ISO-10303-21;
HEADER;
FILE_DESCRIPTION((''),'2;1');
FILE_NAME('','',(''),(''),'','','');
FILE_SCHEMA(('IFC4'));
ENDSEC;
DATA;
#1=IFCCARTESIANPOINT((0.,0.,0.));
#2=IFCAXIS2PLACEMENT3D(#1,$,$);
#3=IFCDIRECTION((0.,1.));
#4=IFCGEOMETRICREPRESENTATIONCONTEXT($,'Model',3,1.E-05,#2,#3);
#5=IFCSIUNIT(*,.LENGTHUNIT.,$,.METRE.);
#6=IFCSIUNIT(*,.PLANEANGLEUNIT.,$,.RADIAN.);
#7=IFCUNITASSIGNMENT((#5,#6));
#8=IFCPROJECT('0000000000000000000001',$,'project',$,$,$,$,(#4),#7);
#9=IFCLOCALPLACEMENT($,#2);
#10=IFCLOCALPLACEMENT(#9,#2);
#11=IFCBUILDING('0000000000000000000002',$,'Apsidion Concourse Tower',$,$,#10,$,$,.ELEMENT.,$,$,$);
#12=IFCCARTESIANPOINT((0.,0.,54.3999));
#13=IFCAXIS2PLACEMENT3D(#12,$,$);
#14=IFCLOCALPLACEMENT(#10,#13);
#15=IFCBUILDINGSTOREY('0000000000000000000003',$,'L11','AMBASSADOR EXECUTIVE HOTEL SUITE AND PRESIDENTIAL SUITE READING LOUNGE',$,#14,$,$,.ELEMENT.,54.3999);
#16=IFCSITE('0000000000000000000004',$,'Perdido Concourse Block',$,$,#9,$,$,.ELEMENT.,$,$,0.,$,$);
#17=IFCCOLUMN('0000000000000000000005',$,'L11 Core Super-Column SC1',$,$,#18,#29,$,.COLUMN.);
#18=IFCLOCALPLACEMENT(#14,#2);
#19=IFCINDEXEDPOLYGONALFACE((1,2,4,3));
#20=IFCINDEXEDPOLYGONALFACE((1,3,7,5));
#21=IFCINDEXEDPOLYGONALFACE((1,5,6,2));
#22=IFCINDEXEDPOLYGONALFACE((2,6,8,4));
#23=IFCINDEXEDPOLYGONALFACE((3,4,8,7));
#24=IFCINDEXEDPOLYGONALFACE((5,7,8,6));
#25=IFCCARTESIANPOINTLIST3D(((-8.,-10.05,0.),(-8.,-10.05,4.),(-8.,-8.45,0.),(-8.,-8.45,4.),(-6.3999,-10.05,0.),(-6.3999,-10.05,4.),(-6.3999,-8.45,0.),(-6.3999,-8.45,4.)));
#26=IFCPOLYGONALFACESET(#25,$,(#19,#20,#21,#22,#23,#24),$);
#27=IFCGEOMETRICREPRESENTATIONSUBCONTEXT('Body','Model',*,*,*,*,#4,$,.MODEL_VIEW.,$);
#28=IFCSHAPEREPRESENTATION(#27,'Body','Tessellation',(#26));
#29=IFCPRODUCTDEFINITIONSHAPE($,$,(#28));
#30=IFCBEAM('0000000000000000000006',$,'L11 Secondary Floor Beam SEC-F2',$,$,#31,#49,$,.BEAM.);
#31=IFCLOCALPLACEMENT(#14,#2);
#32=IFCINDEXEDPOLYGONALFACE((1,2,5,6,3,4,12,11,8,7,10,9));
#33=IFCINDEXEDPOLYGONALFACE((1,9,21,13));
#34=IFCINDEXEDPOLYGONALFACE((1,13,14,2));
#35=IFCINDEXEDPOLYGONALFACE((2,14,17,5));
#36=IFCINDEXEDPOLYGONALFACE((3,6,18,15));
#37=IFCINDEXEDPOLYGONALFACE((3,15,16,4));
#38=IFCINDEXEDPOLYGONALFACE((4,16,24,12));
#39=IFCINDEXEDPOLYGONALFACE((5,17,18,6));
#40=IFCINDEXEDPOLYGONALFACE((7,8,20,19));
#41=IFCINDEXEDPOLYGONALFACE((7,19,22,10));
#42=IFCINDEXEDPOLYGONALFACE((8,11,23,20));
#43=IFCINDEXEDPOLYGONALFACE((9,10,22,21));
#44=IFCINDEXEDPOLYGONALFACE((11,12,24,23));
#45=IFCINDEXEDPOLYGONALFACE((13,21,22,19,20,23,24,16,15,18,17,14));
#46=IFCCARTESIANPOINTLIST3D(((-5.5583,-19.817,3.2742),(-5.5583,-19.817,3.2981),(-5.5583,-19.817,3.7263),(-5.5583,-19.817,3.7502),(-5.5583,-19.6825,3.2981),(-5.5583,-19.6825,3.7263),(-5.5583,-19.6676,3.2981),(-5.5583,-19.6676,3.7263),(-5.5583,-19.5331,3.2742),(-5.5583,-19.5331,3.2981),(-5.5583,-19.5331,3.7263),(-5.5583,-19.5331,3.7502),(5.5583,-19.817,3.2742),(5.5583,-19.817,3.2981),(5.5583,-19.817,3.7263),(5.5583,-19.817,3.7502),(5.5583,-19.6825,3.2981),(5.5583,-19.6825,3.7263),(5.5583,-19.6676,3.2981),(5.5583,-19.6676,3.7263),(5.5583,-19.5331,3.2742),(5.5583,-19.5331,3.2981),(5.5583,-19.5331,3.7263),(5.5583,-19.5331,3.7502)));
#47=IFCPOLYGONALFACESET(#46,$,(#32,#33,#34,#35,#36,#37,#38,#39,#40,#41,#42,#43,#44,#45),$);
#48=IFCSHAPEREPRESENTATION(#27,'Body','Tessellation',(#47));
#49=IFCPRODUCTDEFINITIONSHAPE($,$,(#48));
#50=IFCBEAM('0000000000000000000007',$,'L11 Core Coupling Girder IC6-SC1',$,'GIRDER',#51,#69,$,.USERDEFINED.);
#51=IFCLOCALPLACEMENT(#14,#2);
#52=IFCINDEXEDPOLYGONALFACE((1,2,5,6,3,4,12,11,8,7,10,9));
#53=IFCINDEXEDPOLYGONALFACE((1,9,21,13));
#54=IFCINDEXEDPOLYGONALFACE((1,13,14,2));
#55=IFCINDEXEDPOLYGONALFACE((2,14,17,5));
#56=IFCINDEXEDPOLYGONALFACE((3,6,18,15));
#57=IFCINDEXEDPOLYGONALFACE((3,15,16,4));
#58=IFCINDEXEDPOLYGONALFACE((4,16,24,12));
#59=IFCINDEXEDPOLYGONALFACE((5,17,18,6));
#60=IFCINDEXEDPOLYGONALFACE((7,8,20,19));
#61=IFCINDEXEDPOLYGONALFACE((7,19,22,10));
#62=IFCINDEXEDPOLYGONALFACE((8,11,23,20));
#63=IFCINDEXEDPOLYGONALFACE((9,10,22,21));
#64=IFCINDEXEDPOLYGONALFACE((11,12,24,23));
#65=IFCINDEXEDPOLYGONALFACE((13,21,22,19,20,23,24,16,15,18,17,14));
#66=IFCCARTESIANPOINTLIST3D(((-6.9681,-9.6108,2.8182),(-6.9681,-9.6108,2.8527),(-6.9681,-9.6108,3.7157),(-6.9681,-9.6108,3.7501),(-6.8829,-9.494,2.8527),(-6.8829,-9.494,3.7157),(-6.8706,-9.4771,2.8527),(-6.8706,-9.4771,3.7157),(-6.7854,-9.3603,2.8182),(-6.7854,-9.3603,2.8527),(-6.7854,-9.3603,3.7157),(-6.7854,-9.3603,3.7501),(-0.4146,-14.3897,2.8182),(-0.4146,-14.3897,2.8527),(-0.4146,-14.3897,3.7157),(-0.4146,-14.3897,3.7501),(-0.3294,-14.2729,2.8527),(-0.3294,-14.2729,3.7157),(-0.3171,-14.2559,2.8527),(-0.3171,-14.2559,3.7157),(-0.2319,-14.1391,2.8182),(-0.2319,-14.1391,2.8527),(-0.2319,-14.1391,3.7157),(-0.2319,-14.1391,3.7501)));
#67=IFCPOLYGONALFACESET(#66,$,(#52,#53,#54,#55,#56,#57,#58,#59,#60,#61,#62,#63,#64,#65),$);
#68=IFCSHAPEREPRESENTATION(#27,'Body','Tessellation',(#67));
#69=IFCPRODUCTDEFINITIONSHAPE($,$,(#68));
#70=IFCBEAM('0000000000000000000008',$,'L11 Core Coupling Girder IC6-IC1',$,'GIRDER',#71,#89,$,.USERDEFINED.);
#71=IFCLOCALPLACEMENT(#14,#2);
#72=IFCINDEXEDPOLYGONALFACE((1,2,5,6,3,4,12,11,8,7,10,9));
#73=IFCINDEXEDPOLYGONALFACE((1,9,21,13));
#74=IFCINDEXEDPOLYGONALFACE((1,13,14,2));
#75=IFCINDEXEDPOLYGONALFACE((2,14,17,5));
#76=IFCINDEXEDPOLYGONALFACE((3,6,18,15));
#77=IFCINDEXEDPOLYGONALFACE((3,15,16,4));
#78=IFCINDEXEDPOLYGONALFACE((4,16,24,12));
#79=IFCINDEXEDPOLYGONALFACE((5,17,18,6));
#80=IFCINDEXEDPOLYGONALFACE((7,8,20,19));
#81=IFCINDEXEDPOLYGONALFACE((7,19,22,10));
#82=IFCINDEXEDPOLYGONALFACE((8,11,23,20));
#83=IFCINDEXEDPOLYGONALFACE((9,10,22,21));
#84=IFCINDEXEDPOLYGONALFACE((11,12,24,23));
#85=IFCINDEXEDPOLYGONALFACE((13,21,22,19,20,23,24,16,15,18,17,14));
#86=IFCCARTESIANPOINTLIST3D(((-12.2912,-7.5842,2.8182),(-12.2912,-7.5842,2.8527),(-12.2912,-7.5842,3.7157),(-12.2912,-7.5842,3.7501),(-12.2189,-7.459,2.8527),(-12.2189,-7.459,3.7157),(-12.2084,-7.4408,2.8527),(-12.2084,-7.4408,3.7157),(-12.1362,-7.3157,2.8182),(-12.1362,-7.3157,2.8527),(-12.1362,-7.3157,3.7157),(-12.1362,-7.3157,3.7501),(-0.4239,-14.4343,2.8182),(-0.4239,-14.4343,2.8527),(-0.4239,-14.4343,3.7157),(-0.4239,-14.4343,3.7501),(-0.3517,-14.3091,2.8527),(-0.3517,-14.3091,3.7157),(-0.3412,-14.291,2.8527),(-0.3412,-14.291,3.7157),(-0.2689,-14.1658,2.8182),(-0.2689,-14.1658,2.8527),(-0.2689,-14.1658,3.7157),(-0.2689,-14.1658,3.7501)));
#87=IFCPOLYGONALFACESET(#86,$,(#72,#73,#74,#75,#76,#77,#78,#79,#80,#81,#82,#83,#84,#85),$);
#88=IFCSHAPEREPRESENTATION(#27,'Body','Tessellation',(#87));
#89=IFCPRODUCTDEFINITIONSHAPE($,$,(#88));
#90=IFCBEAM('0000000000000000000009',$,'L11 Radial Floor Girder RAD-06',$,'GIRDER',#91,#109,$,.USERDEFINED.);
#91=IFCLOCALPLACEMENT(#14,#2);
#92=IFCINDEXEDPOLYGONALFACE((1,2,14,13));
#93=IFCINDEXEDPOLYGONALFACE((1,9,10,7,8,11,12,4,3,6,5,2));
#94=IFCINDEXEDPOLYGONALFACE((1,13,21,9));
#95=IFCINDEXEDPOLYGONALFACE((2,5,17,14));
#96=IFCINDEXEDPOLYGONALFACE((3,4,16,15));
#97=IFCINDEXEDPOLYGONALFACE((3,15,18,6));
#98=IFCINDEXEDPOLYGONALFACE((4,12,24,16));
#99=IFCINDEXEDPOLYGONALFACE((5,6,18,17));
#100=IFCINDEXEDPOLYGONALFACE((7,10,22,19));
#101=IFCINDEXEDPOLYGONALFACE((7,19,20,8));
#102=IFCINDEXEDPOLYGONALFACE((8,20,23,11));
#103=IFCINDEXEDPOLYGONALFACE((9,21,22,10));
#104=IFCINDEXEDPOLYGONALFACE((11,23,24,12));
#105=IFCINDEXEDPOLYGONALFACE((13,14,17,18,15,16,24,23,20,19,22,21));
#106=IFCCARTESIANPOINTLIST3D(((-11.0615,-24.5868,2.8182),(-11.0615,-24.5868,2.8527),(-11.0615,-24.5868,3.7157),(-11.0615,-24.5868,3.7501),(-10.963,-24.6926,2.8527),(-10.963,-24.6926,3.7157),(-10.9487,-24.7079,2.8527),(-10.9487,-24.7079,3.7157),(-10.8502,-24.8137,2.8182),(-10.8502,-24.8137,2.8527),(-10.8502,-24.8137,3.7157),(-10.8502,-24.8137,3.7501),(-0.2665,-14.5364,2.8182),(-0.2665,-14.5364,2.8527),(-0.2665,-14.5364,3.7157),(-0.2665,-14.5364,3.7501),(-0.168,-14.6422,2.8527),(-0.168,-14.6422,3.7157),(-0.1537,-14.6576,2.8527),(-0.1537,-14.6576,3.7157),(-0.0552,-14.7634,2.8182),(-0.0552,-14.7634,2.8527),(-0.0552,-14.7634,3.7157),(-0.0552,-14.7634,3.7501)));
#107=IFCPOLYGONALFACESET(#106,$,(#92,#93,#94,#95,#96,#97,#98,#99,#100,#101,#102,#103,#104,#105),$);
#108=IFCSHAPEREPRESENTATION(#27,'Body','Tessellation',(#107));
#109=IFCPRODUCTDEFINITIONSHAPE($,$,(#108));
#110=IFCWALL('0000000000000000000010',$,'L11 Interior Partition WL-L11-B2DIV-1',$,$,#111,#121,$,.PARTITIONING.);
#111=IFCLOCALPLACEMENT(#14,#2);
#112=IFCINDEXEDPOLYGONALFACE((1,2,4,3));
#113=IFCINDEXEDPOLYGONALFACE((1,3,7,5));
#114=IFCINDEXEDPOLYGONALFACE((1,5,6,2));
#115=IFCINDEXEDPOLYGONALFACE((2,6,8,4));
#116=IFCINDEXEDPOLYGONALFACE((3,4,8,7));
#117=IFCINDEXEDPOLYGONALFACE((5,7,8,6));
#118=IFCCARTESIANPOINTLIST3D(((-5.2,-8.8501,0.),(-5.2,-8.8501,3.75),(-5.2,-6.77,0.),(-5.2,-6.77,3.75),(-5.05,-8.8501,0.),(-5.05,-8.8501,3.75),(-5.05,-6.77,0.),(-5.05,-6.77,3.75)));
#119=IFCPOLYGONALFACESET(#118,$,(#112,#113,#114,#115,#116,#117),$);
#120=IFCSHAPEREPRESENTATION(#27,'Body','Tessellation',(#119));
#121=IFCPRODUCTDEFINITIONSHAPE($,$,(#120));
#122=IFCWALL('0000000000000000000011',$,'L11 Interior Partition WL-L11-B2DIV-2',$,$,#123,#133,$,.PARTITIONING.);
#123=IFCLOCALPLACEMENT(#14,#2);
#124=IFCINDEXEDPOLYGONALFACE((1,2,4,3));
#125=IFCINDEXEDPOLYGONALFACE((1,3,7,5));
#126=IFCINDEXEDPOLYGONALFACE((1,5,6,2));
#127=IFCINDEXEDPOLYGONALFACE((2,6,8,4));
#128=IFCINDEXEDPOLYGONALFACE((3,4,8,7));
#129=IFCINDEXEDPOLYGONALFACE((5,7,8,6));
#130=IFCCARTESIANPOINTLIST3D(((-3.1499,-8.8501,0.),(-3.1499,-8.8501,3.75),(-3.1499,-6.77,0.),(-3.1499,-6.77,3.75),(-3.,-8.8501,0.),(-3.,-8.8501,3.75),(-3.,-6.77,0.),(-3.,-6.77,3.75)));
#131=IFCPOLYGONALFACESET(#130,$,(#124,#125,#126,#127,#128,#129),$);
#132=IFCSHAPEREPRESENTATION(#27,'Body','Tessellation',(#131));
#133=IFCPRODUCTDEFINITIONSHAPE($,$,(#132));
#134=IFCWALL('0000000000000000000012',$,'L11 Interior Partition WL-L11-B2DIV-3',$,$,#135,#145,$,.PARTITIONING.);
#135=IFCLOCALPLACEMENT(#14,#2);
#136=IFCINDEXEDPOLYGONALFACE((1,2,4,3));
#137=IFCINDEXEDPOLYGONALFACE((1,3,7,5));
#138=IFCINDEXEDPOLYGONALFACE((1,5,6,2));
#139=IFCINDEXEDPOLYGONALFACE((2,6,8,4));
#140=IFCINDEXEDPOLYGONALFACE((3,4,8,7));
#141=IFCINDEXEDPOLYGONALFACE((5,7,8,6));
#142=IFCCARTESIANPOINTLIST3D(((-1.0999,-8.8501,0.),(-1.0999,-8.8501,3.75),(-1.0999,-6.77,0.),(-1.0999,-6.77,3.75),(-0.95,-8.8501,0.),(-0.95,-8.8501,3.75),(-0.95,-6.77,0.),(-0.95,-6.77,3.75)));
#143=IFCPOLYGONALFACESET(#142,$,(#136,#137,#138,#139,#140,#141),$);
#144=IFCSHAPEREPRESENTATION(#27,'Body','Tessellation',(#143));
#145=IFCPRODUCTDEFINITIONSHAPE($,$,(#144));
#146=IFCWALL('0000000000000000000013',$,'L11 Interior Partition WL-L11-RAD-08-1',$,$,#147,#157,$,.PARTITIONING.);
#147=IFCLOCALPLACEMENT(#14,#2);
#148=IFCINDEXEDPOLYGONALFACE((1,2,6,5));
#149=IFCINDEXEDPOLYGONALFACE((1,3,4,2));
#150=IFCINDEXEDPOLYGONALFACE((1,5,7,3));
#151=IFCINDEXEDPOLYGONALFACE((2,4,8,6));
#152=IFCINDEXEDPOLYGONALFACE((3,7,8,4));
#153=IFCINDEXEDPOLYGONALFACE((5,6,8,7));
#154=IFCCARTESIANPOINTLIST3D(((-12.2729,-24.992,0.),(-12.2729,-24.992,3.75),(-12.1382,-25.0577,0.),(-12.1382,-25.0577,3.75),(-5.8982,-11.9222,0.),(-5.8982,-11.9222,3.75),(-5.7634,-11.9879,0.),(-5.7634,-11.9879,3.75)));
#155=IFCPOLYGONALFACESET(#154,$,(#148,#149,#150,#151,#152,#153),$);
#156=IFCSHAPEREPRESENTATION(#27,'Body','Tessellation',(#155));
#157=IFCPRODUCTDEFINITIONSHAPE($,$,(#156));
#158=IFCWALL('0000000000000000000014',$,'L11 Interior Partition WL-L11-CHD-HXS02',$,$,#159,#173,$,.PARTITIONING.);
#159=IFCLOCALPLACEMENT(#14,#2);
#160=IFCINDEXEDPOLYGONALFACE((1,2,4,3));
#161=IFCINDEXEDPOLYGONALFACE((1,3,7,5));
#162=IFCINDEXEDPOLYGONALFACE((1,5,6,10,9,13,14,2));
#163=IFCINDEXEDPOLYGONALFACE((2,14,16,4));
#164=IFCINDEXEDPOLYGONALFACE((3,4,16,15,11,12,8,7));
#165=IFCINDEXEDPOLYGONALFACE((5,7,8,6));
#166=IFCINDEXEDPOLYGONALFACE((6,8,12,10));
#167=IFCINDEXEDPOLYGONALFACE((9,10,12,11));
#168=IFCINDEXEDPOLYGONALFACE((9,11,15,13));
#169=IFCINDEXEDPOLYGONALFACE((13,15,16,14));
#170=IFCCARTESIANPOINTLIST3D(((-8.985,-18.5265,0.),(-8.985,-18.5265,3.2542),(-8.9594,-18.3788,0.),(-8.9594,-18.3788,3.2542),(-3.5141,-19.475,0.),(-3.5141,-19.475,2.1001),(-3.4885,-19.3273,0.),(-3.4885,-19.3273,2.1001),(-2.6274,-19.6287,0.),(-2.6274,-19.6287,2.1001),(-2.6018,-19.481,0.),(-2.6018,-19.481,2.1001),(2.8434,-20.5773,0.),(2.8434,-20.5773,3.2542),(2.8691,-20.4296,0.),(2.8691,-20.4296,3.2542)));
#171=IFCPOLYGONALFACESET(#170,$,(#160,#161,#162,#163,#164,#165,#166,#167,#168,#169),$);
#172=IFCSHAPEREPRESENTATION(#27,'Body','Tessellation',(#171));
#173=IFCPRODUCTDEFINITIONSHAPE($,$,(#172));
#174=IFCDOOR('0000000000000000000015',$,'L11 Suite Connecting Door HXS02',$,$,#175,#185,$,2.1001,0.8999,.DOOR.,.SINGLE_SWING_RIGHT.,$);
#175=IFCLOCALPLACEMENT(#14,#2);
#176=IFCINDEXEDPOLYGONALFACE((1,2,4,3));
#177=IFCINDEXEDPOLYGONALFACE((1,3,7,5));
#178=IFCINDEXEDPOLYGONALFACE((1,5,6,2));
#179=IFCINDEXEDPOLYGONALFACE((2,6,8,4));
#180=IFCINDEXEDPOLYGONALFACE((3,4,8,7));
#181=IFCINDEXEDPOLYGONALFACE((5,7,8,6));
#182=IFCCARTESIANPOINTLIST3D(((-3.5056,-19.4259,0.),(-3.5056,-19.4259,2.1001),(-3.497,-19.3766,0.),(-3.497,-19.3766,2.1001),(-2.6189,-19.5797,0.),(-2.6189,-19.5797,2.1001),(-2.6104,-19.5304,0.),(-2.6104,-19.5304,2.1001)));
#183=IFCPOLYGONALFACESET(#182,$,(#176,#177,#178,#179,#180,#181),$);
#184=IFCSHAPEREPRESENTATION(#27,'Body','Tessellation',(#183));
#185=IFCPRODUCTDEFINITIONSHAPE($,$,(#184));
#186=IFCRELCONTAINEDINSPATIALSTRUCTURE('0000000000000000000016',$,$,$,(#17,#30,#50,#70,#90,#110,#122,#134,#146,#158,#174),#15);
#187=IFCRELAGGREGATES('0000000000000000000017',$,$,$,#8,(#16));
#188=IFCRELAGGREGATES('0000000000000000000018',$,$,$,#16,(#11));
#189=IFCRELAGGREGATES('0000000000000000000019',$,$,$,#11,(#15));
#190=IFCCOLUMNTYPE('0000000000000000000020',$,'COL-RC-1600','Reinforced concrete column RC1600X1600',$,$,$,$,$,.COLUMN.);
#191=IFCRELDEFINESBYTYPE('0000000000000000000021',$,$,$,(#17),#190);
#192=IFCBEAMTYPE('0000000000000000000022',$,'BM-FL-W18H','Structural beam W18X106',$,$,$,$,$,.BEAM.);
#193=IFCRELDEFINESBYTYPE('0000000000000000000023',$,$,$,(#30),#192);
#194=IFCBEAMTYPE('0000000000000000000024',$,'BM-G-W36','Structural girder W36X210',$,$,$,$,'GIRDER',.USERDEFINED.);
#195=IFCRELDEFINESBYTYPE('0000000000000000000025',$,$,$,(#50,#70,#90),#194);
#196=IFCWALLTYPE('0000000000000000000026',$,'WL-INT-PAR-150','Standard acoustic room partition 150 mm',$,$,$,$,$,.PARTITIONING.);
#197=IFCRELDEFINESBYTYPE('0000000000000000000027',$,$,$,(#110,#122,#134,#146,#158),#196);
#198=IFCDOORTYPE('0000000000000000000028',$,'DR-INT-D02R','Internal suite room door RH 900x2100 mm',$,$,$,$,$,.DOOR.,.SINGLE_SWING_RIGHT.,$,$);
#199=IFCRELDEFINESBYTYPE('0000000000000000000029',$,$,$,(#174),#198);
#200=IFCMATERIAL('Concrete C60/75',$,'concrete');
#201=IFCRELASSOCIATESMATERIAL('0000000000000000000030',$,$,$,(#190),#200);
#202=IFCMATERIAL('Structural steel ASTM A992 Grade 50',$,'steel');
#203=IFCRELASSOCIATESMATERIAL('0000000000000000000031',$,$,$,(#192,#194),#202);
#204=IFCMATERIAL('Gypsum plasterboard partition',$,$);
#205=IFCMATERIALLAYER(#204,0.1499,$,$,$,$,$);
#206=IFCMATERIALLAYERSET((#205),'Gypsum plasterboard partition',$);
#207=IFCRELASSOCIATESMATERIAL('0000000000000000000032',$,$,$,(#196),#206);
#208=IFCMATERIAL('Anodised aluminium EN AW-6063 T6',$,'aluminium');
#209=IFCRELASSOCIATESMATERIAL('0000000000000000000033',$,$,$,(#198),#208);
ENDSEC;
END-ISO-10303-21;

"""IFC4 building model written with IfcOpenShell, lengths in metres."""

from ifc_helpers import new_model, si_unit, direction, frame, frame_2d, origin, origin_2d, place, context, subcontext, project, spatial, rectangle, i_section, extrude, material, layer, layer_set, material_profile, profile_set, type_object, element, fill, save


model = new_model("IFC4")

# Units and contexts
model_context = context("Model", 3, precision=1e-05, world=origin(), true_north=direction((0.0, 1.0)))
body_context = subcontext(model_context, "Body", "Model", "MODEL_VIEW")
ifc_project = project(units=[si_unit("LENGTHUNIT", "METRE"), si_unit("PLANEANGLEUNIT", "RADIAN")], contexts=[model_context])

# Site, building, storey
site_placement = place(None, origin())
site = spatial("IfcSite", under=ifc_project, at=site_placement, Name="Perdido Concourse Block", CompositionType="ELEMENT", RefElevation=0.0)
building_placement = place(site_placement, origin())
building = spatial("IfcBuilding", under=site, at=building_placement, Name="Apsidion Concourse Tower", CompositionType="ELEMENT")
storey_placement = place(building_placement, frame((0.0, 0.0, 54.3999)))
storey = spatial("IfcBuildingStorey", under=building, at=storey_placement, Name="L11", Description="AMBASSADOR EXECUTIVE HOTEL SUITE AND PRESIDENTIAL SUITE READING LOUNGE", CompositionType="ELEMENT", Elevation=54.3999)

# Column
ifc_material_1 = material(Name="Concrete C60/75", Category="concrete")
ifc_material_profile_1 = material_profile(ifc_material_1, rectangle(XDim=1.6001, YDim=1.6001, at=origin_2d()), Name="RC 1600x1600")
ifc_profile_set_1 = profile_set([ifc_material_profile_1], Name="Concrete C60/75")
column_type = type_object("IfcColumnType", Name="COL-RC-1600", Description="Reinforced concrete column RC1600X1600", PredefinedType="COLUMN", material=ifc_profile_set_1)
column_placement = place(storey_placement, frame((-7.2, -9.25, 0.0), z_axis=(0.0, 0.0, 1.0), x_axis=(1.0, 0.0, 0.0)))
element("IfcColumn", 1, at=column_placement, inside=storey, type_object=column_type, Name="L11 Core Super-Column SC1", PredefinedType="COLUMN", context=body_context, shape_type="SweptSolid", body=[
    extrude(rectangle(XDim=1.6001, YDim=1.6001, at=origin_2d()), origin(), (0.0, 0.0, 1.0), 4.0),
])

# Beams
ifc_material_2 = material(Name="Structural steel ASTM A992 Grade 50", Category="steel")
ifc_material_profile_2 = material_profile(ifc_material_2, i_section(OverallWidth=0.2839, OverallDepth=0.4761, WebThickness=0.0149, FlangeThickness=0.0239, at=origin_2d()), Name="W18X106")
ifc_profile_set_2 = profile_set([ifc_material_profile_2], Name="Structural steel ASTM A992 Grade 50")
beam_type_1 = type_object("IfcBeamType", Name="BM-FL-W18H", Description="Structural beam W18X106", PredefinedType="BEAM", material=ifc_profile_set_2)
beam_1_placement = place(storey_placement, frame((-5.5583, -19.675, 3.5122), z_axis=(1.0, 0.0, 0.0), x_axis=(0.0, 1.0, 0.0)))
element("IfcBeam", 2, at=beam_1_placement, inside=storey, type_object=beam_type_1, Name="L11 Secondary Floor Beam SEC-F2", PredefinedType="BEAM", context=body_context, shape_type="SweptSolid", body=[
    extrude(i_section(OverallWidth=0.2839, OverallDepth=0.4761, WebThickness=0.0149, FlangeThickness=0.0239, at=origin_2d()), origin(), (0.0, 0.0, 1.0), 11.1167),
])
ifc_material_profile_3 = material_profile(ifc_material_2, i_section(OverallWidth=0.3101, OverallDepth=0.9319, WebThickness=0.021, FlangeThickness=0.0344, at=origin_2d()), Name="W36X210")
ifc_profile_set_3 = profile_set([ifc_material_profile_3], Name="Structural steel ASTM A992 Grade 50")
beam_type_2 = type_object("IfcBeamType", Name="BM-G-W36", Description="Structural girder W36X210", ElementType="GIRDER", PredefinedType="USERDEFINED", material=ifc_profile_set_3)
beam_2_placement = place(storey_placement, frame((-0.3232, -14.2644, 3.2842), z_axis=(-0.807993, 0.589191, 0.0), x_axis=(-0.589191, -0.807993, 0.0)))
element("IfcBeam", 3, at=beam_2_placement, inside=storey, type_object=beam_type_2, Name="L11 Core Coupling Girder IC6-SC1", ObjectType="GIRDER", PredefinedType="USERDEFINED", context=body_context, shape_type="SweptSolid", body=[
    extrude(i_section(OverallWidth=0.3101, OverallDepth=0.9319, WebThickness=0.021, FlangeThickness=0.0344, at=origin_2d()), origin(), (0.0, 0.0, 1.0), 8.1108),
])
beam_3_placement = place(storey_placement, frame((-0.3464, -14.3, 3.2842), z_axis=(-0.86607, 0.499922, 0.0), x_axis=(-0.499922, -0.86607, 0.0)))
element("IfcBeam", 4, at=beam_3_placement, inside=storey, type_object=beam_type_2, Name="L11 Core Coupling Girder IC6-IC1", ObjectType="GIRDER", PredefinedType="USERDEFINED", context=body_context, shape_type="SweptSolid", body=[
    extrude(i_section(OverallWidth=0.3101, OverallDepth=0.9319, WebThickness=0.021, FlangeThickness=0.0344, at=origin_2d()), origin(), (0.0, 0.0, 1.0), 13.7024),
])
beam_4_placement = place(storey_placement, frame((-0.1609, -14.6499, 3.2842), z_axis=(-0.731899, -0.681413, 0.0), x_axis=(0.681413, -0.731899, 0.0)))
element("IfcBeam", 5, at=beam_4_placement, inside=storey, type_object=beam_type_2, Name="L11 Radial Floor Girder RAD-06", ObjectType="GIRDER", PredefinedType="USERDEFINED", context=body_context, shape_type="SweptSolid", body=[
    extrude(i_section(OverallWidth=0.3101, OverallDepth=0.9319, WebThickness=0.021, FlangeThickness=0.0344, at=origin_2d()), origin(), (0.0, 0.0, 1.0), 14.7493),
])

# Walls
ifc_material_3 = material(Name="Gypsum plasterboard partition")
ifc_layer_1 = layer(ifc_material_3, 0.1499)
ifc_layer_set_1 = layer_set([ifc_layer_1], Name="Gypsum plasterboard partition")
wall_type_1 = type_object("IfcWallType", Name="WL-INT-PAR-150", Description="Standard acoustic room partition 150 mm", PredefinedType="PARTITIONING", material=ifc_layer_set_1)
for number, where, z_axis, x_axis, name in (
    (6, (-5.125, -8.8501, 0.0), (0.0, 0.0, 1.0), (0.0, 1.0, 0.0), "L11 Interior Partition WL-L11-B2DIV-1"),
    (7, (-3.075, -8.8501, 0.0), (0.0, 0.0, 1.0), (0.0, 1.0, 0.0), "L11 Interior Partition WL-L11-B2DIV-2"),
    (8, (-1.0249, -8.8501, 0.0), (0.0, 0.0, 1.0), (0.0, 1.0, 0.0), "L11 Interior Partition WL-L11-B2DIV-3"),
):
    element("IfcWall", number, at=place(storey_placement, frame(where, z_axis=z_axis, x_axis=x_axis)), inside=storey, type_object=wall_type_1, Name=name, PredefinedType="PARTITIONING", context=body_context, shape_type="SweptSolid", body=[
        extrude(rectangle(XDim=2.0801, YDim=0.1499, at=frame_2d((1.04, 0.0))), origin(), (0.0, 0.0, 1.0), 3.75),
    ])
wall_1_placement = place(storey_placement, frame((-5.8308, -11.9551, 0.0), z_axis=(0.0, 0.0, 1.0), x_axis=(-0.438381, -0.898789, 0.0)))
element("IfcWall", 9, at=wall_1_placement, inside=storey, type_object=wall_type_1, Name="L11 Interior Partition WL-L11-RAD-08-1", PredefinedType="PARTITIONING", context=body_context, shape_type="SweptSolid", body=[
    extrude(rectangle(XDim=14.5415, YDim=0.1499, at=frame_2d((7.2708, 0.0))), origin(), (0.0, 0.0, 1.0), 3.75),
])

# Wall, opening, door
wall_2_placement = place(storey_placement, frame((-8.9722, -18.4526, 0.0), z_axis=(0.0, 0.0, 1.0), x_axis=(0.985301, -0.17083, 0.0)))
wall_2 = element("IfcWall", 10, at=wall_2_placement, inside=storey, type_object=wall_type_1, Name="L11 Interior Partition WL-L11-CHD-HXS02", PredefinedType="PARTITIONING", context=body_context, shape_type="SweptSolid", body=[
    extrude(rectangle(XDim=12.0049, YDim=0.1499, at=frame_2d((6.0024, 0.0))), origin(), (0.0, 0.0, 1.0), 3.2542),
])
opening_1_placement = place(wall_2_placement, frame((5.5525, 0.0, 0.0)))
opening_1 = element("IfcOpeningElement", 11, at=opening_1_placement, cuts=wall_2, PredefinedType="OPENING", context=body_context, shape_type="SweptSolid", body=[
    extrude(rectangle(XDim=0.8999, YDim=2.1001, at=frame_2d((0.45, 1.05))), frame((0.0, 0.085, 0.0), z_axis=(0.0, -1.0, 0.0), x_axis=(1.0, 0.0, 0.0)), (0.0, 0.0, 1.0), 0.1699),
])
ifc_material_4 = material(Name="Anodised aluminium EN AW-6063 T6", Category="aluminium")
door_type_1 = type_object("IfcDoorType", Name="DR-INT-D02R", Description="Internal suite room door RH 900x2100 mm", OperationType="SINGLE_SWING_RIGHT", PredefinedType="DOOR", material=ifc_material_4)
door_1_placement = place(opening_1_placement, origin())
door_1 = element("IfcDoor", 12, at=door_1_placement, inside=storey, type_object=door_type_1, Name="L11 Suite Connecting Door HXS02", OperationType="SINGLE_SWING_RIGHT", OverallHeight=2.1001, OverallWidth=0.8999, PredefinedType="DOOR", context=body_context, shape_type="SweptSolid", body=[
    extrude(rectangle(XDim=0.8999, YDim=2.1001, at=frame_2d((0.45, 1.05))), frame((0.0, 0.0249, 0.0), z_axis=(0.0, -1.0, 0.0), x_axis=(1.0, 0.0, 0.0)), (0.0, 0.0, 1.0), 0.05),
])
fill(opening_1, door_1)

save(model, "model.ifc")
